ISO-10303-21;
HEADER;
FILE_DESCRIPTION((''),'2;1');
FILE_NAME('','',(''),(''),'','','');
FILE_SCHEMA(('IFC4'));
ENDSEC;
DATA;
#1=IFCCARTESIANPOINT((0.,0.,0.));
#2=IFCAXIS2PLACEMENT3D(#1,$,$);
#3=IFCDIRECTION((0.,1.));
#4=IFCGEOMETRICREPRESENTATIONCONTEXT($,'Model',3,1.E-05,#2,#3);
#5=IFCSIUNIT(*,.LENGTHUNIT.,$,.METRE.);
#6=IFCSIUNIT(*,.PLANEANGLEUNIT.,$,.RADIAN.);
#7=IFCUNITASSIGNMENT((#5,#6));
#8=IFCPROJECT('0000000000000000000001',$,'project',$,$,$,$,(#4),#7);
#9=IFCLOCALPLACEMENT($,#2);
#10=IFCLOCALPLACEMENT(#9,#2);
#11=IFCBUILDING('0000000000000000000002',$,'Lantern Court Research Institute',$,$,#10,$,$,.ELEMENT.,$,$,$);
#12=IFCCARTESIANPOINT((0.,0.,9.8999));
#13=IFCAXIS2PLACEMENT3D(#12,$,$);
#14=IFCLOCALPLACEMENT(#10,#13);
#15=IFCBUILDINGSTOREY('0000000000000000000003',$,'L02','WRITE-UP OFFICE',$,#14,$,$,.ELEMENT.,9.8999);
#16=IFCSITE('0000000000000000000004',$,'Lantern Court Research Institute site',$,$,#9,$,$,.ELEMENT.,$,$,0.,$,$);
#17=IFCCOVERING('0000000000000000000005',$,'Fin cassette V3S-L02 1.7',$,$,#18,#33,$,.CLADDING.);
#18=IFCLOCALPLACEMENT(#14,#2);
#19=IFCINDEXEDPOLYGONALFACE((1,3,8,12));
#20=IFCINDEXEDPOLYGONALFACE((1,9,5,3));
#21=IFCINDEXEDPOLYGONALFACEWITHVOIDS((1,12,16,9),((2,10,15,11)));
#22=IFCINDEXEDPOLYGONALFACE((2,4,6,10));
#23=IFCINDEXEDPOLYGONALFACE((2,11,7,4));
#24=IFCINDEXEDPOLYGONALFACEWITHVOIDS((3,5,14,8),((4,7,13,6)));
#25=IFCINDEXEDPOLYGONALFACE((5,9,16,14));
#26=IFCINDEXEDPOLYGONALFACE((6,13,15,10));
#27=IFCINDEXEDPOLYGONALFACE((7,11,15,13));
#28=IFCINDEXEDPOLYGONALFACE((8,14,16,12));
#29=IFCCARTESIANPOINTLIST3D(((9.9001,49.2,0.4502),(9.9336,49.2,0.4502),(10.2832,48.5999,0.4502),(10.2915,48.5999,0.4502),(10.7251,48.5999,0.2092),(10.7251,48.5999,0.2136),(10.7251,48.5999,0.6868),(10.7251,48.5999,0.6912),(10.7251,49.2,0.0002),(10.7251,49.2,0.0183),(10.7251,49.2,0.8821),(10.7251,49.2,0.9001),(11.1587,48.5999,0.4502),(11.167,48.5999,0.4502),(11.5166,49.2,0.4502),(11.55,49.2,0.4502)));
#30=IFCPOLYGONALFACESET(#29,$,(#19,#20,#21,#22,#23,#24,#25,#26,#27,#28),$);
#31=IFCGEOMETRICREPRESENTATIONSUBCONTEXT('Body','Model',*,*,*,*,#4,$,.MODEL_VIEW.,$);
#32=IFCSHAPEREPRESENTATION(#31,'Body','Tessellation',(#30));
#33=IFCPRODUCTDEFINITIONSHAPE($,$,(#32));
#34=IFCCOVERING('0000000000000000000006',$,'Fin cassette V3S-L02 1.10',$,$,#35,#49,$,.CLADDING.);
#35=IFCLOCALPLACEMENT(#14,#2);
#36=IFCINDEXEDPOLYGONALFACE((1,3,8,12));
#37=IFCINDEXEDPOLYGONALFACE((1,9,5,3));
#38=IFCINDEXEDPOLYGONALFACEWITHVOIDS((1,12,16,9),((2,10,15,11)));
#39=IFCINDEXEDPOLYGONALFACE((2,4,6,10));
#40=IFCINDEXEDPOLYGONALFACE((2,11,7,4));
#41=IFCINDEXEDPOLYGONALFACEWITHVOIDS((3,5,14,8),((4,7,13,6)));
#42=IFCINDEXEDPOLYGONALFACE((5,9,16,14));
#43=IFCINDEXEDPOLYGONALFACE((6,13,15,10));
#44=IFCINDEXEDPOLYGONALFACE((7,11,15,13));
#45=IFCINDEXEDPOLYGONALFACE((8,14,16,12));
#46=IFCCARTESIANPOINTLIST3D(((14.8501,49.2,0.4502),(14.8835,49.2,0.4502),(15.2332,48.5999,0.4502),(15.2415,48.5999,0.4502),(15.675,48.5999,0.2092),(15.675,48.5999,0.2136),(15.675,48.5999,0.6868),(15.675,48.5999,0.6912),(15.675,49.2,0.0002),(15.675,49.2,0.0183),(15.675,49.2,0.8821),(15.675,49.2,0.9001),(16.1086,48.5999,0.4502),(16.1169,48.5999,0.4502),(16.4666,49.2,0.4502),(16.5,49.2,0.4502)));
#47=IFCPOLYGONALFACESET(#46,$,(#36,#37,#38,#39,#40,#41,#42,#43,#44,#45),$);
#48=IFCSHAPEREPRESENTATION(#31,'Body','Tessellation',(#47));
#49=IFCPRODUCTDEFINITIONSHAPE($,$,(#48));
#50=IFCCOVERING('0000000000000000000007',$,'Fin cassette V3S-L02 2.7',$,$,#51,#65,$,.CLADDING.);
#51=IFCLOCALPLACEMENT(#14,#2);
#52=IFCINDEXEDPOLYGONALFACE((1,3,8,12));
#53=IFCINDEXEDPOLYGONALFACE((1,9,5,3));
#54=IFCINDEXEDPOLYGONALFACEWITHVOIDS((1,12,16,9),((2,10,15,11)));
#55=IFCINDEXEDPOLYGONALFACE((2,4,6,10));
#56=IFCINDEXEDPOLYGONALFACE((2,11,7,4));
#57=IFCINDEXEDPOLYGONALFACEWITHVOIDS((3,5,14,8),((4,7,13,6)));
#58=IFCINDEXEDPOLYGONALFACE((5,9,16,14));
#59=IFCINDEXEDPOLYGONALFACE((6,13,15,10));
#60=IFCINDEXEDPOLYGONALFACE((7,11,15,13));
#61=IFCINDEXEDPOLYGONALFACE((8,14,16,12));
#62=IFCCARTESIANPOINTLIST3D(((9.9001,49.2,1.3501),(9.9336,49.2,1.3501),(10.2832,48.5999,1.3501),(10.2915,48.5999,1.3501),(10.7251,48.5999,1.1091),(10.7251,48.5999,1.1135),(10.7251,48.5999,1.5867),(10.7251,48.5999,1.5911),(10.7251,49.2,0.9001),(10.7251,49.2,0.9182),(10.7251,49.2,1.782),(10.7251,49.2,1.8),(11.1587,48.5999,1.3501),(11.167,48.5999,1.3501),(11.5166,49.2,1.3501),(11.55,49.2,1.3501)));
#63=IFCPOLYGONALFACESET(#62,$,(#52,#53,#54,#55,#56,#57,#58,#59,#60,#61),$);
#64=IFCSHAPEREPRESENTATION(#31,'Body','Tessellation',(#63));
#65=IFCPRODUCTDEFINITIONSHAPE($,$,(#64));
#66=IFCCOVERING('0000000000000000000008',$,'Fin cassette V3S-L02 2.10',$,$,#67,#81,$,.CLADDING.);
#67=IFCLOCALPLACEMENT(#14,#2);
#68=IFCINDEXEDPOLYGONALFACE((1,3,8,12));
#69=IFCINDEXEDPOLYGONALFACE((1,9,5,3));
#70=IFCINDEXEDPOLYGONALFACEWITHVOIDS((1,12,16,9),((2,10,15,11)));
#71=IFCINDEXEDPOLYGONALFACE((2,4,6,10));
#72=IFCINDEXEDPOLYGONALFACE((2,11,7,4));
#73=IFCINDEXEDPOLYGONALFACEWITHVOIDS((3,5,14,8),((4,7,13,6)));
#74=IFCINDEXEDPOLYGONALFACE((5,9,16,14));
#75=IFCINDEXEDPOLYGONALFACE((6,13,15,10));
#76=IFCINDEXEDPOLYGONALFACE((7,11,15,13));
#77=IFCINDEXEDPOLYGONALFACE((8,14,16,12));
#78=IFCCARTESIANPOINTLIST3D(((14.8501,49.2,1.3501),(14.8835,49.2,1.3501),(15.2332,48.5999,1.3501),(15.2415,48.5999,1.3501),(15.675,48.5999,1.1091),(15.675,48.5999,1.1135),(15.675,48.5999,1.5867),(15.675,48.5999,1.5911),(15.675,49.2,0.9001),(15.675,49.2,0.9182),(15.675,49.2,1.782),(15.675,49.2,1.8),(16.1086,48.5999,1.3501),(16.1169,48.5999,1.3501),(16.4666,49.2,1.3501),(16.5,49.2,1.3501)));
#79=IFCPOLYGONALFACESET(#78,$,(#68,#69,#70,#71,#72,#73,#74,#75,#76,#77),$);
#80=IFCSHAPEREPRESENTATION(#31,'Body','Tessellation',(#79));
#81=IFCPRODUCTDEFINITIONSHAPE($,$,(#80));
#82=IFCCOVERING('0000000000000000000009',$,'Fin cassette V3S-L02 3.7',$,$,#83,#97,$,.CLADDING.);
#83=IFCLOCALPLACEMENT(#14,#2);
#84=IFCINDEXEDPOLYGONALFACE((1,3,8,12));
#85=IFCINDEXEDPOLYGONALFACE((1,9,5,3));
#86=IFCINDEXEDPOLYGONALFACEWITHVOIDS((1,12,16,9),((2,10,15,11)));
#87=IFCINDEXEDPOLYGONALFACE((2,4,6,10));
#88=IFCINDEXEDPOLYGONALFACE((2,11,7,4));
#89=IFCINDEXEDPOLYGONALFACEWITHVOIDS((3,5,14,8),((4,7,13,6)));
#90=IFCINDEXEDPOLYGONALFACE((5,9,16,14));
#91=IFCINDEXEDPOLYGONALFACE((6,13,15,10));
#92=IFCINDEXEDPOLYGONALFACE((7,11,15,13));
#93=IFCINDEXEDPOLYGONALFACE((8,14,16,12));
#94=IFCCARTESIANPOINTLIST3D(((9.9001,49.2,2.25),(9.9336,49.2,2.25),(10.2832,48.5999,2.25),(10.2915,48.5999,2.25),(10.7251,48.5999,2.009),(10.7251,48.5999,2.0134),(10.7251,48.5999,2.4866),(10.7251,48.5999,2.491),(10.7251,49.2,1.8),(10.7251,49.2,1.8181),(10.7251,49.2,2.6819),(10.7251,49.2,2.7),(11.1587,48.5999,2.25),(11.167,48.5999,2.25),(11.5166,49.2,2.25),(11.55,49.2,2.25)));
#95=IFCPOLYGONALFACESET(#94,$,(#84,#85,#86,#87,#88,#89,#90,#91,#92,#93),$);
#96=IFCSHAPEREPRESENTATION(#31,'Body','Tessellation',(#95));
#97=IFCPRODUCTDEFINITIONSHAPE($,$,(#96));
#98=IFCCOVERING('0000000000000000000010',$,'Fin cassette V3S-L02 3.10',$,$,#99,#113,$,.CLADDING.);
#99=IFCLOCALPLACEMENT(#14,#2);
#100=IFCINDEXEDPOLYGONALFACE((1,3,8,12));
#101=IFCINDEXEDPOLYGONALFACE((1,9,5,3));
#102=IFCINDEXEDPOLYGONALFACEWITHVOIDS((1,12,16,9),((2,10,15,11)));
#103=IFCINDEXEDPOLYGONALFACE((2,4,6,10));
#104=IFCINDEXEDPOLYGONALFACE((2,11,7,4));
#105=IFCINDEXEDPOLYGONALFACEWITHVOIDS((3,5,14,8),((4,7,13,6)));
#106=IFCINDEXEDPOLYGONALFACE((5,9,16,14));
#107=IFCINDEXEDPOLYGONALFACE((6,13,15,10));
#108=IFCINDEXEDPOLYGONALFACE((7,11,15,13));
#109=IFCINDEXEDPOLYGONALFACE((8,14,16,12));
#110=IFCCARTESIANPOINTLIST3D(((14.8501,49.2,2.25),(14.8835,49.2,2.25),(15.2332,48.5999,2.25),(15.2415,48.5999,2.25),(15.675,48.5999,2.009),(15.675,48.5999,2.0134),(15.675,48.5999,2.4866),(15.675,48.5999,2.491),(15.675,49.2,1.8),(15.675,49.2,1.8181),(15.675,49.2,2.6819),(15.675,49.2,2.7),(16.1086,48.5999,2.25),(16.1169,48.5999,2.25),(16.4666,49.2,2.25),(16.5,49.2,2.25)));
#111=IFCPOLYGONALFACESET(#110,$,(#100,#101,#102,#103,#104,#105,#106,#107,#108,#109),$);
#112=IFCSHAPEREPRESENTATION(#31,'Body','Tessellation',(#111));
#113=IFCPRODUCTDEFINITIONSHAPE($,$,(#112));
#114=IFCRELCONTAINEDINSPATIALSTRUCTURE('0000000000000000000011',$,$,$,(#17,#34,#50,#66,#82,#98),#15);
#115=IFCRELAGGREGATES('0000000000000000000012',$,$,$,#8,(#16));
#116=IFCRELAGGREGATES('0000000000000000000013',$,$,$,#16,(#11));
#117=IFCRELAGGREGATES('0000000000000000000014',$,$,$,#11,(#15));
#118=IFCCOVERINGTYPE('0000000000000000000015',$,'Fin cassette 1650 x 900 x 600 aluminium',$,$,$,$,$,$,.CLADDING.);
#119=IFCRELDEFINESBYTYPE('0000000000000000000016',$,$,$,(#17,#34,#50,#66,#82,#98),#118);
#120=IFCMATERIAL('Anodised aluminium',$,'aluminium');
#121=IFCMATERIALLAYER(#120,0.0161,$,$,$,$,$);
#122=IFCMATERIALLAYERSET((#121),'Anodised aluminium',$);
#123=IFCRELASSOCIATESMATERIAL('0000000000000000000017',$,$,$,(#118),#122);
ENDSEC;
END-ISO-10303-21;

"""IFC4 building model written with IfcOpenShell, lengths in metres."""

from ifc_helpers import new_model, entity, si_unit, direction, frame, origin, place, context, subcontext, project, spatial, material, layer, layer_set, type_object, element, save


model = new_model("IFC4")

# Units and contexts
model_context = context("Model", 3, precision=1e-05, world=origin(), true_north=direction((0.0, 1.0)))
body_context = subcontext(model_context, "Body", "Model", "MODEL_VIEW")
ifc_project = project(units=[si_unit("LENGTHUNIT", "METRE"), si_unit("PLANEANGLEUNIT", "RADIAN")], contexts=[model_context])

# Site, building, storey
site_placement = place(None, origin())
site = spatial("IfcSite", under=ifc_project, at=site_placement, Name="Lantern Court Research Institute site", CompositionType="ELEMENT", RefElevation=0.0)
building_placement = place(site_placement, origin())
building = spatial("IfcBuilding", under=site, at=building_placement, Name="Lantern Court Research Institute", CompositionType="ELEMENT")
storey_placement = place(building_placement, frame((0.0, 0.0, 9.8999)))
storey = spatial("IfcBuildingStorey", under=building, at=storey_placement, Name="L02", Description="WRITE-UP OFFICE", CompositionType="ELEMENT", Elevation=9.8999)

# Coverings
ifc_material_1 = material(Name="Anodised aluminium", Category="aluminium")
ifc_layer_1 = layer(ifc_material_1, 0.0161)
ifc_layer_set_1 = layer_set([ifc_layer_1], Name="Anodised aluminium")
covering_type_1 = type_object("IfcCoveringType", Name="Fin cassette 1650 x 900 x 600 aluminium", PredefinedType="CLADDING", material=ifc_layer_set_1)
covering_1_placement = place(storey_placement, frame((10.7251, 49.2, 0.4502), z_axis=(0.0, -1.0, 0.0), x_axis=(1.0, 0.0, 0.0)))
cartesian_point_1 = entity("IfcCartesianPoint", [0.825, 0.0])
cartesian_point_2 = entity("IfcCartesianPoint", [0.7915, 0.0])
cartesian_point_3 = entity("IfcCartesianPoint", [0.4419, 0.0])
cartesian_point_4 = entity("IfcCartesianPoint", [0.4336, 0.0])
element("IfcCovering", 1, at=covering_1_placement, inside=storey, type_object=covering_type_1, Name="Fin cassette V3S-L02 1.7", PredefinedType="CLADDING", context=body_context, shape_type="SweptSolid", body=[
    entity("IfcExtrudedAreaSolidTapered", entity("IfcArbitraryProfileDefWithVoids", "AREA", None, entity("IfcPolyline", [cartesian_point_1, entity("IfcCartesianPoint", [0.0, 0.45]), entity("IfcCartesianPoint", [-0.825, 0.0]), entity("IfcCartesianPoint", [0.0, -0.45]), cartesian_point_1]), [entity("IfcPolyline", [cartesian_point_2, entity("IfcCartesianPoint", [0.0, 0.4319]), entity("IfcCartesianPoint", [-0.7915, 0.0]), entity("IfcCartesianPoint", [0.0, -0.4319]), cartesian_point_2])]), entity("IfcAxis2Placement3D", entity("IfcCartesianPoint", [0.0, 0.0, 0.0])), entity("IfcDirection", [0.0, 0.0, 1.0]), 0.6001, entity("IfcArbitraryProfileDefWithVoids", "AREA", None, entity("IfcPolyline", [cartesian_point_3, entity("IfcCartesianPoint", [0.0, 0.241]), entity("IfcCartesianPoint", [-0.4419, 0.0]), entity("IfcCartesianPoint", [0.0, -0.241]), cartesian_point_3]), [entity("IfcPolyline", [cartesian_point_4, entity("IfcCartesianPoint", [0.0, 0.2366]), entity("IfcCartesianPoint", [-0.4336, 0.0]), entity("IfcCartesianPoint", [0.0, -0.2366]), cartesian_point_4])])),
])
covering_2_placement = place(storey_placement, frame((15.675, 49.2, 0.4502), z_axis=(0.0, -1.0, 0.0), x_axis=(1.0, 0.0, 0.0)))
cartesian_point_5 = entity("IfcCartesianPoint", [0.825, 0.0])
cartesian_point_6 = entity("IfcCartesianPoint", [0.7915, 0.0])
cartesian_point_7 = entity("IfcCartesianPoint", [0.4419, 0.0])
cartesian_point_8 = entity("IfcCartesianPoint", [0.4336, 0.0])
element("IfcCovering", 2, at=covering_2_placement, inside=storey, type_object=covering_type_1, Name="Fin cassette V3S-L02 1.10", PredefinedType="CLADDING", context=body_context, shape_type="SweptSolid", body=[
    entity("IfcExtrudedAreaSolidTapered", entity("IfcArbitraryProfileDefWithVoids", "AREA", None, entity("IfcPolyline", [cartesian_point_5, entity("IfcCartesianPoint", [0.0, 0.45]), entity("IfcCartesianPoint", [-0.825, 0.0]), entity("IfcCartesianPoint", [0.0, -0.45]), cartesian_point_5]), [entity("IfcPolyline", [cartesian_point_6, entity("IfcCartesianPoint", [0.0, 0.4319]), entity("IfcCartesianPoint", [-0.7915, 0.0]), entity("IfcCartesianPoint", [0.0, -0.4319]), cartesian_point_6])]), entity("IfcAxis2Placement3D", entity("IfcCartesianPoint", [0.0, 0.0, 0.0])), entity("IfcDirection", [0.0, 0.0, 1.0]), 0.6001, entity("IfcArbitraryProfileDefWithVoids", "AREA", None, entity("IfcPolyline", [cartesian_point_7, entity("IfcCartesianPoint", [0.0, 0.241]), entity("IfcCartesianPoint", [-0.4419, 0.0]), entity("IfcCartesianPoint", [0.0, -0.241]), cartesian_point_7]), [entity("IfcPolyline", [cartesian_point_8, entity("IfcCartesianPoint", [0.0, 0.2366]), entity("IfcCartesianPoint", [-0.4336, 0.0]), entity("IfcCartesianPoint", [0.0, -0.2366]), cartesian_point_8])])),
])
covering_3_placement = place(storey_placement, frame((10.7251, 49.2, 1.3501), z_axis=(0.0, -1.0, 0.0), x_axis=(1.0, 0.0, 0.0)))
cartesian_point_9 = entity("IfcCartesianPoint", [0.825, 0.0])
cartesian_point_10 = entity("IfcCartesianPoint", [0.7915, 0.0])
cartesian_point_11 = entity("IfcCartesianPoint", [0.4419, 0.0])
cartesian_point_12 = entity("IfcCartesianPoint", [0.4336, 0.0])
element("IfcCovering", 3, at=covering_3_placement, inside=storey, type_object=covering_type_1, Name="Fin cassette V3S-L02 2.7", PredefinedType="CLADDING", context=body_context, shape_type="SweptSolid", body=[
    entity("IfcExtrudedAreaSolidTapered", entity("IfcArbitraryProfileDefWithVoids", "AREA", None, entity("IfcPolyline", [cartesian_point_9, entity("IfcCartesianPoint", [0.0, 0.45]), entity("IfcCartesianPoint", [-0.825, 0.0]), entity("IfcCartesianPoint", [0.0, -0.45]), cartesian_point_9]), [entity("IfcPolyline", [cartesian_point_10, entity("IfcCartesianPoint", [0.0, 0.4319]), entity("IfcCartesianPoint", [-0.7915, 0.0]), entity("IfcCartesianPoint", [0.0, -0.4319]), cartesian_point_10])]), entity("IfcAxis2Placement3D", entity("IfcCartesianPoint", [0.0, 0.0, 0.0])), entity("IfcDirection", [0.0, 0.0, 1.0]), 0.6001, entity("IfcArbitraryProfileDefWithVoids", "AREA", None, entity("IfcPolyline", [cartesian_point_11, entity("IfcCartesianPoint", [0.0, 0.241]), entity("IfcCartesianPoint", [-0.4419, 0.0]), entity("IfcCartesianPoint", [0.0, -0.241]), cartesian_point_11]), [entity("IfcPolyline", [cartesian_point_12, entity("IfcCartesianPoint", [0.0, 0.2366]), entity("IfcCartesianPoint", [-0.4336, 0.0]), entity("IfcCartesianPoint", [0.0, -0.2366]), cartesian_point_12])])),
])
covering_4_placement = place(storey_placement, frame((15.675, 49.2, 1.3501), z_axis=(0.0, -1.0, 0.0), x_axis=(1.0, 0.0, 0.0)))
cartesian_point_13 = entity("IfcCartesianPoint", [0.825, 0.0])
cartesian_point_14 = entity("IfcCartesianPoint", [0.7915, 0.0])
cartesian_point_15 = entity("IfcCartesianPoint", [0.4419, 0.0])
cartesian_point_16 = entity("IfcCartesianPoint", [0.4336, 0.0])
element("IfcCovering", 4, at=covering_4_placement, inside=storey, type_object=covering_type_1, Name="Fin cassette V3S-L02 2.10", PredefinedType="CLADDING", context=body_context, shape_type="SweptSolid", body=[
    entity("IfcExtrudedAreaSolidTapered", entity("IfcArbitraryProfileDefWithVoids", "AREA", None, entity("IfcPolyline", [cartesian_point_13, entity("IfcCartesianPoint", [0.0, 0.45]), entity("IfcCartesianPoint", [-0.825, 0.0]), entity("IfcCartesianPoint", [0.0, -0.45]), cartesian_point_13]), [entity("IfcPolyline", [cartesian_point_14, entity("IfcCartesianPoint", [0.0, 0.4319]), entity("IfcCartesianPoint", [-0.7915, 0.0]), entity("IfcCartesianPoint", [0.0, -0.4319]), cartesian_point_14])]), entity("IfcAxis2Placement3D", entity("IfcCartesianPoint", [0.0, 0.0, 0.0])), entity("IfcDirection", [0.0, 0.0, 1.0]), 0.6001, entity("IfcArbitraryProfileDefWithVoids", "AREA", None, entity("IfcPolyline", [cartesian_point_15, entity("IfcCartesianPoint", [0.0, 0.241]), entity("IfcCartesianPoint", [-0.4419, 0.0]), entity("IfcCartesianPoint", [0.0, -0.241]), cartesian_point_15]), [entity("IfcPolyline", [cartesian_point_16, entity("IfcCartesianPoint", [0.0, 0.2366]), entity("IfcCartesianPoint", [-0.4336, 0.0]), entity("IfcCartesianPoint", [0.0, -0.2366]), cartesian_point_16])])),
])
covering_5_placement = place(storey_placement, frame((10.7251, 49.2, 2.25), z_axis=(0.0, -1.0, 0.0), x_axis=(1.0, 0.0, 0.0)))
cartesian_point_17 = entity("IfcCartesianPoint", [0.825, 0.0])
cartesian_point_18 = entity("IfcCartesianPoint", [0.7915, 0.0])
cartesian_point_19 = entity("IfcCartesianPoint", [0.4419, 0.0])
cartesian_point_20 = entity("IfcCartesianPoint", [0.4336, 0.0])
element("IfcCovering", 5, at=covering_5_placement, inside=storey, type_object=covering_type_1, Name="Fin cassette V3S-L02 3.7", PredefinedType="CLADDING", context=body_context, shape_type="SweptSolid", body=[
    entity("IfcExtrudedAreaSolidTapered", entity("IfcArbitraryProfileDefWithVoids", "AREA", None, entity("IfcPolyline", [cartesian_point_17, entity("IfcCartesianPoint", [0.0, 0.45]), entity("IfcCartesianPoint", [-0.825, 0.0]), entity("IfcCartesianPoint", [0.0, -0.45]), cartesian_point_17]), [entity("IfcPolyline", [cartesian_point_18, entity("IfcCartesianPoint", [0.0, 0.4319]), entity("IfcCartesianPoint", [-0.7915, 0.0]), entity("IfcCartesianPoint", [0.0, -0.4319]), cartesian_point_18])]), entity("IfcAxis2Placement3D", entity("IfcCartesianPoint", [0.0, 0.0, 0.0])), entity("IfcDirection", [0.0, 0.0, 1.0]), 0.6001, entity("IfcArbitraryProfileDefWithVoids", "AREA", None, entity("IfcPolyline", [cartesian_point_19, entity("IfcCartesianPoint", [0.0, 0.241]), entity("IfcCartesianPoint", [-0.4419, 0.0]), entity("IfcCartesianPoint", [0.0, -0.241]), cartesian_point_19]), [entity("IfcPolyline", [cartesian_point_20, entity("IfcCartesianPoint", [0.0, 0.2366]), entity("IfcCartesianPoint", [-0.4336, 0.0]), entity("IfcCartesianPoint", [0.0, -0.2366]), cartesian_point_20])])),
])
covering_6_placement = place(storey_placement, frame((15.675, 49.2, 2.25), z_axis=(0.0, -1.0, 0.0), x_axis=(1.0, 0.0, 0.0)))
cartesian_point_21 = entity("IfcCartesianPoint", [0.825, 0.0])
cartesian_point_22 = entity("IfcCartesianPoint", [0.7915, 0.0])
cartesian_point_23 = entity("IfcCartesianPoint", [0.4419, 0.0])
cartesian_point_24 = entity("IfcCartesianPoint", [0.4336, 0.0])
element("IfcCovering", 6, at=covering_6_placement, inside=storey, type_object=covering_type_1, Name="Fin cassette V3S-L02 3.10", PredefinedType="CLADDING", context=body_context, shape_type="SweptSolid", body=[
    entity("IfcExtrudedAreaSolidTapered", entity("IfcArbitraryProfileDefWithVoids", "AREA", None, entity("IfcPolyline", [cartesian_point_21, entity("IfcCartesianPoint", [0.0, 0.45]), entity("IfcCartesianPoint", [-0.825, 0.0]), entity("IfcCartesianPoint", [0.0, -0.45]), cartesian_point_21]), [entity("IfcPolyline", [cartesian_point_22, entity("IfcCartesianPoint", [0.0, 0.4319]), entity("IfcCartesianPoint", [-0.7915, 0.0]), entity("IfcCartesianPoint", [0.0, -0.4319]), cartesian_point_22])]), entity("IfcAxis2Placement3D", entity("IfcCartesianPoint", [0.0, 0.0, 0.0])), entity("IfcDirection", [0.0, 0.0, 1.0]), 0.6001, entity("IfcArbitraryProfileDefWithVoids", "AREA", None, entity("IfcPolyline", [cartesian_point_23, entity("IfcCartesianPoint", [0.0, 0.241]), entity("IfcCartesianPoint", [-0.4419, 0.0]), entity("IfcCartesianPoint", [0.0, -0.241]), cartesian_point_23]), [entity("IfcPolyline", [cartesian_point_24, entity("IfcCartesianPoint", [0.0, 0.2366]), entity("IfcCartesianPoint", [-0.4336, 0.0]), entity("IfcCartesianPoint", [0.0, -0.2366]), cartesian_point_24])])),
])

save(model, "model.ifc")
